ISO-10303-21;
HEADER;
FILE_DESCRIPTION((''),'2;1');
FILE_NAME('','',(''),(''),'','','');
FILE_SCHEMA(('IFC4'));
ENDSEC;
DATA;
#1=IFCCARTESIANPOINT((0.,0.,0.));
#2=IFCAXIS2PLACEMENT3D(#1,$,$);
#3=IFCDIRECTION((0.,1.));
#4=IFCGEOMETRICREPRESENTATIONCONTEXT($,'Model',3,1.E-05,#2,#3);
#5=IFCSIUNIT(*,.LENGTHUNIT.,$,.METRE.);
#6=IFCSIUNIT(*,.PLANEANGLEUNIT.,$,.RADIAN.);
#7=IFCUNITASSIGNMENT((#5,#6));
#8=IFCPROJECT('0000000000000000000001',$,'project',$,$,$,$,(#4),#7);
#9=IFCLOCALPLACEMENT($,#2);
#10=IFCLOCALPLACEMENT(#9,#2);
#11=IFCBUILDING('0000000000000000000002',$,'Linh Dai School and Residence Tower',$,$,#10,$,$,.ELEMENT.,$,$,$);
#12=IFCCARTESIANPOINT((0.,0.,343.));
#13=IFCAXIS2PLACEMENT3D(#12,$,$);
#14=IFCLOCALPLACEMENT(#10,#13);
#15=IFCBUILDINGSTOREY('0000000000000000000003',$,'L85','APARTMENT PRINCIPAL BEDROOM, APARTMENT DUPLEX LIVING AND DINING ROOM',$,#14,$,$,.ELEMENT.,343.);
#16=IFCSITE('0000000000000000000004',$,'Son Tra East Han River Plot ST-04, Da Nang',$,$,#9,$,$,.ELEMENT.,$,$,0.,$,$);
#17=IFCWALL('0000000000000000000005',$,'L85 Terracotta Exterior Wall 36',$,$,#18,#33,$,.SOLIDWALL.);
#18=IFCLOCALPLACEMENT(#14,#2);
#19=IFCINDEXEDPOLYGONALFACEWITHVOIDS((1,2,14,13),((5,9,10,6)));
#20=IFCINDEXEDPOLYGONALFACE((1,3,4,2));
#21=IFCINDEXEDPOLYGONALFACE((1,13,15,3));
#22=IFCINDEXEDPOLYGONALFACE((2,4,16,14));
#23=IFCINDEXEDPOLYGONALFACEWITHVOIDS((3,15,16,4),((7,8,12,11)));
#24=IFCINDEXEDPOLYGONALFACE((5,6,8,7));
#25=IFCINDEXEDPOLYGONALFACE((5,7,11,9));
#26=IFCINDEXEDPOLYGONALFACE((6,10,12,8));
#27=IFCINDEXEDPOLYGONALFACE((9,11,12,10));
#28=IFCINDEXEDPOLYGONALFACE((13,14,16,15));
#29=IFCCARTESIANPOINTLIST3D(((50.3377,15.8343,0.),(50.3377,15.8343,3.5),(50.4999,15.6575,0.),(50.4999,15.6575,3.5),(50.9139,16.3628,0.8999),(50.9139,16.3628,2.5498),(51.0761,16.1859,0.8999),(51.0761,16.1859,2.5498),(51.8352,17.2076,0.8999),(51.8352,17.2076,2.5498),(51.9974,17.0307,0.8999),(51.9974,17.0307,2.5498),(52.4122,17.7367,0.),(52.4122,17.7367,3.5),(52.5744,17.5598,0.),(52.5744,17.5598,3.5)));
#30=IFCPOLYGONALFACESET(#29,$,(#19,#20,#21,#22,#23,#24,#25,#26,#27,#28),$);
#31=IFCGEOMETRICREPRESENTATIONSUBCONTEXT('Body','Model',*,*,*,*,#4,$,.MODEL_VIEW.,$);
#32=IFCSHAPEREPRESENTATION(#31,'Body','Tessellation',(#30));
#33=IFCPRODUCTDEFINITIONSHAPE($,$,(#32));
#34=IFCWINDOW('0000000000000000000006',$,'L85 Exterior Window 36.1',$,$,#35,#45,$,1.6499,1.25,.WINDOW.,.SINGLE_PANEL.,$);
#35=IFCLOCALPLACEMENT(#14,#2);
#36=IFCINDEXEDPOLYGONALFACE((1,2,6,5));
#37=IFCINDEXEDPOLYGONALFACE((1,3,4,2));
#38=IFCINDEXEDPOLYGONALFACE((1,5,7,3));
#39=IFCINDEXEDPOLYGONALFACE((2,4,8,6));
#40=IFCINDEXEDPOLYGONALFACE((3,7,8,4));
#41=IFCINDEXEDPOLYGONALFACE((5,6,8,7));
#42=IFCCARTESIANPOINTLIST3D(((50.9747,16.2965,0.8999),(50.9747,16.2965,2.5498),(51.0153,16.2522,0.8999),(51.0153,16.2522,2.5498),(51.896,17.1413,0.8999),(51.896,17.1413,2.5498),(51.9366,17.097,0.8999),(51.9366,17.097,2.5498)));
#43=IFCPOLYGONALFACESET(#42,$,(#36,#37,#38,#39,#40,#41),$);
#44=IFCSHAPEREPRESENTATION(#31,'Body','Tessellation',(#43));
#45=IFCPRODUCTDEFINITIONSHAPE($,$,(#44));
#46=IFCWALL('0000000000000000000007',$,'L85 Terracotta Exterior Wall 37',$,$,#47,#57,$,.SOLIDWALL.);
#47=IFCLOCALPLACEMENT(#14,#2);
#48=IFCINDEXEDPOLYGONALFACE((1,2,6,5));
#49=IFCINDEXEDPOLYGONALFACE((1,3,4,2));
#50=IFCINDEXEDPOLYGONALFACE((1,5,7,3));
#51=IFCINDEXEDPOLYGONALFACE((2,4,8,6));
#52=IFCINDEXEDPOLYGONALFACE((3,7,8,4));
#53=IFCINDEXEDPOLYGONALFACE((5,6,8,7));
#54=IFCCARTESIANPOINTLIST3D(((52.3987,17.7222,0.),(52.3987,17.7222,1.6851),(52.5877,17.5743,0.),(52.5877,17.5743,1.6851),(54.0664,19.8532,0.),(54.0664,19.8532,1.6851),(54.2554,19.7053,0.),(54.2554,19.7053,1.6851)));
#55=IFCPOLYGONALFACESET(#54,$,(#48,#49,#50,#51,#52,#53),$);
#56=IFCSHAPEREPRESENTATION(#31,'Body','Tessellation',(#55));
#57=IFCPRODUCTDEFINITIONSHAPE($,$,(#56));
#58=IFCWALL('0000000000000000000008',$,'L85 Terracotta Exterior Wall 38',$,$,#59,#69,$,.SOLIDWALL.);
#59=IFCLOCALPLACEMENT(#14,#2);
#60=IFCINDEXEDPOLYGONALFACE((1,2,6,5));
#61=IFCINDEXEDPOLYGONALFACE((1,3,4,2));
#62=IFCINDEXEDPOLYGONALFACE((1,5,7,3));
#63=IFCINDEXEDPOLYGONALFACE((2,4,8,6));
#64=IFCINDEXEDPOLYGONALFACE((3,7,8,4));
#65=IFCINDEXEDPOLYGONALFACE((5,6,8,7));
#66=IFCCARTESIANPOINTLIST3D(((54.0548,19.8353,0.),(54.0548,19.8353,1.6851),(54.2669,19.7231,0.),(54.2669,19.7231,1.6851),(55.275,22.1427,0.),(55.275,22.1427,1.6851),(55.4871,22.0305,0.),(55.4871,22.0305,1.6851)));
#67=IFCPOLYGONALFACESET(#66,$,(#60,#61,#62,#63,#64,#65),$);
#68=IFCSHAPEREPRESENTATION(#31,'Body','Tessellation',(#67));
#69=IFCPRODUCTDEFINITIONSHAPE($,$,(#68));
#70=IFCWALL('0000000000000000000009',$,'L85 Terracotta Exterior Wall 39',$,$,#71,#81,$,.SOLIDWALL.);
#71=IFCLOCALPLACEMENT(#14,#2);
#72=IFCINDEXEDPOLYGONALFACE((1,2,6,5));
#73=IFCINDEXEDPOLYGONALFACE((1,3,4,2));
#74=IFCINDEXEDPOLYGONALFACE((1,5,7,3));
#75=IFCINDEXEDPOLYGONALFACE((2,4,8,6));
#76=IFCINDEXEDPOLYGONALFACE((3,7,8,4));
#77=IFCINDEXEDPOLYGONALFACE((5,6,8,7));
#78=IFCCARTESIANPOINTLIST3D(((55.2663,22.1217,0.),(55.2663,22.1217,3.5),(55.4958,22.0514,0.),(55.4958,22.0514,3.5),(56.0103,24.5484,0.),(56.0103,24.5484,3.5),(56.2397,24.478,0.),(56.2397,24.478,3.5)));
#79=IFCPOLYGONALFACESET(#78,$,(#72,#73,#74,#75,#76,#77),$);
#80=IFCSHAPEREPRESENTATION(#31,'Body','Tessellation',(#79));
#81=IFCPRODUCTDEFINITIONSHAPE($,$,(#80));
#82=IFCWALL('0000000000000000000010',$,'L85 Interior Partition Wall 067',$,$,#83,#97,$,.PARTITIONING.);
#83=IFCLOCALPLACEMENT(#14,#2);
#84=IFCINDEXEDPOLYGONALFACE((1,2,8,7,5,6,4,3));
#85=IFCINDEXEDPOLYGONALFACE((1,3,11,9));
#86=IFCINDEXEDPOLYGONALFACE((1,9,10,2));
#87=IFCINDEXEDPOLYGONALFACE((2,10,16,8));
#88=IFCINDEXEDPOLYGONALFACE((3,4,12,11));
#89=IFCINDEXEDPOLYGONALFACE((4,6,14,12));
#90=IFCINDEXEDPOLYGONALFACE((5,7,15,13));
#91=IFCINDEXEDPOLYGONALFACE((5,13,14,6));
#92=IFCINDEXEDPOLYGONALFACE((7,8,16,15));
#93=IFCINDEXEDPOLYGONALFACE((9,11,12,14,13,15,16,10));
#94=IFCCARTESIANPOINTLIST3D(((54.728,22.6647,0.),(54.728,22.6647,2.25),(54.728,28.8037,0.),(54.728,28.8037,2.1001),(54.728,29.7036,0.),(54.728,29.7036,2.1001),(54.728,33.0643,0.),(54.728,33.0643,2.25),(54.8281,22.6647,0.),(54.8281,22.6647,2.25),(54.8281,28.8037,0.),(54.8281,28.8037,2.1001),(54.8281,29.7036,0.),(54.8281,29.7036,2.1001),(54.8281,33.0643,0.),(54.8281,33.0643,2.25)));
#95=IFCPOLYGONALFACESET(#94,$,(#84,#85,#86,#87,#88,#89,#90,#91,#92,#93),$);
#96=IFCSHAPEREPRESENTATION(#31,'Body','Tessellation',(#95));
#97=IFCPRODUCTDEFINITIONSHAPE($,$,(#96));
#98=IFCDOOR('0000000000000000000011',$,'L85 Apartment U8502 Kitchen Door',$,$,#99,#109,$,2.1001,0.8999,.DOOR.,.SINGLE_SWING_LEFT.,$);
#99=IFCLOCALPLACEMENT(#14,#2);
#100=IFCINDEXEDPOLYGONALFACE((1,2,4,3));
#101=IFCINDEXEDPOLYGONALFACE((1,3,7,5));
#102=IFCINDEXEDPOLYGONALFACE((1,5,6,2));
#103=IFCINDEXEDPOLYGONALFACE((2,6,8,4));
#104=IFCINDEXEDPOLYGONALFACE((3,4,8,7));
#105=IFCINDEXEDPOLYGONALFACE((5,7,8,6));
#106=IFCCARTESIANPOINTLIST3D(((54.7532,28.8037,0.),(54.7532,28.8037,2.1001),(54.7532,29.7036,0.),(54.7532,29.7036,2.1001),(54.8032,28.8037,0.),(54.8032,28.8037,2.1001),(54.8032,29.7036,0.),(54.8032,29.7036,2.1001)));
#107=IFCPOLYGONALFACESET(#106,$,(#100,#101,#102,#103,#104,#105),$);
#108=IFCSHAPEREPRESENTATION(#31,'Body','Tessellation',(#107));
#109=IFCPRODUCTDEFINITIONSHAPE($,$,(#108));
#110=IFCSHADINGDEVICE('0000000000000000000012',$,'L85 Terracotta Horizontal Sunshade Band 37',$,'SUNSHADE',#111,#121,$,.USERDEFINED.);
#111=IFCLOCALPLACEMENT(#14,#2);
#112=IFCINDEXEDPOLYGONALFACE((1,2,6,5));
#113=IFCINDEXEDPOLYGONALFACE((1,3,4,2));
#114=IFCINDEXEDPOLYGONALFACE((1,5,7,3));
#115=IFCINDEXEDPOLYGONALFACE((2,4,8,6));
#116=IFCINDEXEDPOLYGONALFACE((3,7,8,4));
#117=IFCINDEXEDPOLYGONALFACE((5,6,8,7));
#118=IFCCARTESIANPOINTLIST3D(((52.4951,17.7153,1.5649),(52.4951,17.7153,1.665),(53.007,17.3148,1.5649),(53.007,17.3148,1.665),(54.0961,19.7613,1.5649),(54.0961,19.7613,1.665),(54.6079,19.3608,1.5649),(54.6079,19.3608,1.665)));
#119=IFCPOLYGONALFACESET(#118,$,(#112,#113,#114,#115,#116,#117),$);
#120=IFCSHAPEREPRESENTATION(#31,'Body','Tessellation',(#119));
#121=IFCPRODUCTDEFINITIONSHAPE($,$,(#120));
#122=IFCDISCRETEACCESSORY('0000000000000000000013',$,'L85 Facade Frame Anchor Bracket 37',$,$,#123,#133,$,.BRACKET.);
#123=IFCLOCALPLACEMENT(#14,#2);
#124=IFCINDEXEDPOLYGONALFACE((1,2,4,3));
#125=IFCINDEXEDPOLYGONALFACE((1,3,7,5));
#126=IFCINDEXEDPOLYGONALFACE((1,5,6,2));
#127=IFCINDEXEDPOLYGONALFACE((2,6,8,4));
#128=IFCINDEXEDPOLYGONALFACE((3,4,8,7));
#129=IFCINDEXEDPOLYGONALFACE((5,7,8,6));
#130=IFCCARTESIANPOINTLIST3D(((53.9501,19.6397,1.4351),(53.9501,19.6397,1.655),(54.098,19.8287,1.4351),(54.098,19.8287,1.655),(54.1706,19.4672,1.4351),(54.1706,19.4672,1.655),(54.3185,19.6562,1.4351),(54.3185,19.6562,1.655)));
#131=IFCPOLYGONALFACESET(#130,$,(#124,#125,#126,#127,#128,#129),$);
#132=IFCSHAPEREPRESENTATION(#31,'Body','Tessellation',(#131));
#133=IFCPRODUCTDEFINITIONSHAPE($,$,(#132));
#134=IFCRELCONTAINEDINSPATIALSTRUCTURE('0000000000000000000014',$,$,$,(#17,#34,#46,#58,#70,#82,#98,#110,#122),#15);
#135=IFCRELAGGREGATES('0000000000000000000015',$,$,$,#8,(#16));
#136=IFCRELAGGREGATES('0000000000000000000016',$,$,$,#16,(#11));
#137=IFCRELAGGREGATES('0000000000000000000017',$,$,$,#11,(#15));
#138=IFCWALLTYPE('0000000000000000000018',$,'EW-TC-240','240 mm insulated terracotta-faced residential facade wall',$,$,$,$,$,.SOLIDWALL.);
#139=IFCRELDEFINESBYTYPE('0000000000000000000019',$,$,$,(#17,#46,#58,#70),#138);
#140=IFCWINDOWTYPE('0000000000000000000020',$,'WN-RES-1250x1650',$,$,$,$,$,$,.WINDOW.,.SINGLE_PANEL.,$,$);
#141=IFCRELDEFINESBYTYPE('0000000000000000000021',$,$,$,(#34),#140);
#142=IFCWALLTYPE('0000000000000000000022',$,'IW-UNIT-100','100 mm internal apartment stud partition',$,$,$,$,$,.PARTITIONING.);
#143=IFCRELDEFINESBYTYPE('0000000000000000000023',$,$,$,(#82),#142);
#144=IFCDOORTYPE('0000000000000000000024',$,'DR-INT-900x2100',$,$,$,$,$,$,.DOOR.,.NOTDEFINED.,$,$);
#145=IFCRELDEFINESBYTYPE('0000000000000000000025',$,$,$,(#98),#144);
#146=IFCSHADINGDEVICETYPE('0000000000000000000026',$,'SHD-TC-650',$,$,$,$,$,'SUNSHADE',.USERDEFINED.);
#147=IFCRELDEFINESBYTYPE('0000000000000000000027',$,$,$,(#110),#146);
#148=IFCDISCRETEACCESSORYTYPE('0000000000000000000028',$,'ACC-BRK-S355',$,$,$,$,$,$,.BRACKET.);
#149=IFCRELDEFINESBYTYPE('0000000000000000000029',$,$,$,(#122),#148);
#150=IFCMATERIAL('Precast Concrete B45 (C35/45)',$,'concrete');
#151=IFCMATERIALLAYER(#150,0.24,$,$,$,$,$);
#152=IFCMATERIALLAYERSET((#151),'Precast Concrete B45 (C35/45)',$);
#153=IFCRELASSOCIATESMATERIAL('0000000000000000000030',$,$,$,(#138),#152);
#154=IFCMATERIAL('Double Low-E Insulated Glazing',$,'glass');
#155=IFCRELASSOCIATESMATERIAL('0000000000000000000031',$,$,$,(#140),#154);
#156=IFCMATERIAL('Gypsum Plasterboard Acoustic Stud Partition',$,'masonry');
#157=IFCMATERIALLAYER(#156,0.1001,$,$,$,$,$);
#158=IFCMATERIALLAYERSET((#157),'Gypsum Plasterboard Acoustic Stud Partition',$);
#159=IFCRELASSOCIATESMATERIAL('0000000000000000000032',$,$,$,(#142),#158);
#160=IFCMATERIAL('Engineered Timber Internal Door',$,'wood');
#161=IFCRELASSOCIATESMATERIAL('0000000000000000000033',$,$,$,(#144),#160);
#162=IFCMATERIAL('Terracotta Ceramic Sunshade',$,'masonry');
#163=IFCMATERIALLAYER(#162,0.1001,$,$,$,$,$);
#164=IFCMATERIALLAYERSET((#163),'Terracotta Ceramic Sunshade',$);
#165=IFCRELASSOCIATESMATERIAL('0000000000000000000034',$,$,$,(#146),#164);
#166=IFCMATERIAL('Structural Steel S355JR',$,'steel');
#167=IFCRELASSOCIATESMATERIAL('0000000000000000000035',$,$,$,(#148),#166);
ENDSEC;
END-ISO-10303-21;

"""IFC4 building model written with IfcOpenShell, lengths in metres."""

from ifc_helpers import new_model, si_unit, direction, frame, frame_2d, origin, origin_2d, place, context, subcontext, project, spatial, rectangle, extrude, source, transform, mapped, material, layer, layer_set, type_object, element, fill, save


model = new_model("IFC4")

# Units and contexts
model_context = context("Model", 3, precision=1e-05, world=origin(), true_north=direction((0.0, 1.0)))
body_context = subcontext(model_context, "Body", "Model", "MODEL_VIEW")
ifc_project = project(units=[si_unit("LENGTHUNIT", "METRE"), si_unit("PLANEANGLEUNIT", "RADIAN")], contexts=[model_context])

# Site, building, storey
site_placement = place(None, origin())
site = spatial("IfcSite", under=ifc_project, at=site_placement, Name="Son Tra East Han River Plot ST-04, Da Nang", CompositionType="ELEMENT", RefElevation=0.0)
building_placement = place(site_placement, origin())
building = spatial("IfcBuilding", under=site, at=building_placement, Name="Linh Dai School and Residence Tower", CompositionType="ELEMENT")
storey_placement = place(building_placement, frame((0.0, 0.0, 343.0)))
storey = spatial("IfcBuildingStorey", under=building, at=storey_placement, Name="L85", Description="APARTMENT PRINCIPAL BEDROOM, APARTMENT DUPLEX LIVING AND DINING ROOM", CompositionType="ELEMENT", Elevation=343.0)

# Shared definitions
ifc_material_1 = material(Name="Structural Steel S355JR", Category="steel")

# Shared definitions
ifc_material_2 = material(Name="Precast Concrete B45 (C35/45)", Category="concrete")

# Wall, opening, window
ifc_layer_1 = layer(ifc_material_2, 0.24)
ifc_layer_set_1 = layer_set([ifc_layer_1], Name="Precast Concrete B45 (C35/45)")
wall_type_1 = type_object("IfcWallType", Name="EW-TC-240", Description="240 mm insulated terracotta-faced residential facade wall", PredefinedType="SOLIDWALL", material=ifc_layer_set_1)
ifc_material_3 = material(Name="Double Low-E Insulated Glazing", Category="glass")
window_type = type_object("IfcWindowType", Name="WN-RES-1250x1650", PartitioningType="SINGLE_PANEL", PredefinedType="WINDOW", material=ifc_material_3)
shared_shape_1 = source(origin(), body_context, "Body", "SweptSolid", [
    extrude(rectangle(XDim=1.25, YDim=1.6499, at=origin_2d()), frame((0.625, 0.03, 0.825), z_axis=(0.0, -1.0, 0.0), x_axis=(1.0, 0.0, 0.0)), (0.0, 0.0, 1.0), 0.0601),
])
wall_1_placement = place(storey_placement, frame((52.4932, 17.6482, 0.0), z_axis=(0.0, 0.0, 1.0), x_axis=(-0.737021, -0.67587, 0.0)))
wall_1 = element("IfcWall", 1, at=wall_1_placement, inside=storey, type_object=wall_type_1, Name="L85 Terracotta Exterior Wall 36", PredefinedType="SOLIDWALL", context=body_context, shape_type="SweptSolid", body=[
    extrude(rectangle(XDim=2.8147, YDim=0.24, at=frame_2d((1.4072, 0.0))), origin(), (0.0, 0.0, 1.0), 3.5),
])
opening_1_placement = place(wall_1_placement, frame((0.7827, 0.0, 0.8999)))
opening_1 = element("IfcOpeningElement", 2, at=opening_1_placement, cuts=wall_1, PredefinedType="OPENING", context=body_context, shape_type="SweptSolid", body=[
    extrude(rectangle(XDim=1.25, YDim=1.6499, at=origin_2d()), frame((0.625, 0.1299, 0.825), z_axis=(0.0, -1.0, 0.0), x_axis=(1.0, 0.0, 0.0)), (0.0, 0.0, 1.0), 0.26),
])
window_1_placement = place(opening_1_placement, origin())
window_1 = element("IfcWindow", 3, at=window_1_placement, inside=storey, type_object=window_type, Name="L85 Exterior Window 36.1", OverallHeight=1.6499, OverallWidth=1.25, PartitioningType="SINGLE_PANEL", PredefinedType="WINDOW", context=body_context, shape_type="MappedRepresentation", body=[
    mapped(shared_shape_1, transform((0.0, 0.0, 0.0), x_axis=(1.0, 0.0, 0.0), y_axis=(0.0, 1.0, 0.0), z_axis=(0.0, 0.0, 1.0), scale=1.0)),
])
fill(opening_1, window_1)

# Walls
wall_2_placement = place(storey_placement, frame((54.1609, 19.7793, 0.0), z_axis=(0.0, 0.0, 1.0), x_axis=(-0.616286, -0.787522, 0.0)))
element("IfcWall", 4, at=wall_2_placement, inside=storey, type_object=wall_type_1, Name="L85 Terracotta Exterior Wall 37", PredefinedType="SOLIDWALL", context=body_context, shape_type="SweptSolid", body=[
    extrude(rectangle(XDim=2.7061, YDim=0.24, at=frame_2d((1.353, 0.0))), origin(), (0.0, 0.0, 1.0), 1.6851),
])
wall_3_placement = place(storey_placement, frame((55.3811, 22.0867, 0.0), z_axis=(0.0, 0.0, 1.0), x_axis=(-0.467488, -0.883999, 0.0)))
element("IfcWall", 5, at=wall_3_placement, inside=storey, type_object=wall_type_1, Name="L85 Terracotta Exterior Wall 38", PredefinedType="SOLIDWALL", context=body_context, shape_type="SweptSolid", body=[
    extrude(rectangle(XDim=2.6101, YDim=0.24, at=frame_2d((1.3052, 0.0))), origin(), (0.0, 0.0, 1.0), 1.6851),
])
wall_4_placement = place(storey_placement, frame((56.125, 24.5132, 0.0), z_axis=(0.0, 0.0, 1.0), x_axis=(-0.293106, -0.95608, 0.0)))
element("IfcWall", 6, at=wall_4_placement, inside=storey, type_object=wall_type_1, Name="L85 Terracotta Exterior Wall 39", PredefinedType="SOLIDWALL", context=body_context, shape_type="SweptSolid", body=[
    extrude(rectangle(XDim=2.5381, YDim=0.24, at=frame_2d((1.269, 0.0))), origin(), (0.0, 0.0, 1.0), 3.5),
])

# Wall, opening, door
ifc_material_4 = material(Name="Gypsum Plasterboard Acoustic Stud Partition", Category="masonry")
ifc_layer_2 = layer(ifc_material_4, 0.1001)
ifc_layer_set_2 = layer_set([ifc_layer_2], Name="Gypsum Plasterboard Acoustic Stud Partition")
wall_type_2 = type_object("IfcWallType", Name="IW-UNIT-100", Description="100 mm internal apartment stud partition", PredefinedType="PARTITIONING", material=ifc_layer_set_2)
wall_5_placement = place(storey_placement, frame((54.7781, 22.6648, 0.0), z_axis=(0.0, 0.0, 1.0), x_axis=(0.0, 1.0, 0.0)))
wall_5 = element("IfcWall", 7, at=wall_5_placement, inside=storey, type_object=wall_type_2, Name="L85 Interior Partition Wall 067", PredefinedType="PARTITIONING", context=body_context, shape_type="SweptSolid", body=[
    extrude(rectangle(XDim=10.3997, YDim=0.1001, at=frame_2d((5.1997, 0.0))), origin(), (0.0, 0.0, 1.0), 2.25),
])
opening_2_placement = place(wall_5_placement, frame((6.1389, 0.0, 0.0)))
opening_2 = element("IfcOpeningElement", 8, at=opening_2_placement, cuts=wall_5, PredefinedType="OPENING", context=body_context, shape_type="SweptSolid", body=[
    extrude(rectangle(XDim=0.8999, YDim=2.1001, at=origin_2d()), frame((0.45, 0.0601, 1.05), z_axis=(0.0, -1.0, 0.0), x_axis=(1.0, 0.0, 0.0)), (0.0, 0.0, 1.0), 0.1201),
])
ifc_material_5 = material(Name="Engineered Timber Internal Door", Category="wood")
door_type = type_object("IfcDoorType", Name="DR-INT-900x2100", OperationType="NOTDEFINED", PredefinedType="DOOR", material=ifc_material_5)
shared_shape_2 = source(origin(), body_context, "Body", "SweptSolid", [
    extrude(rectangle(XDim=0.8999, YDim=2.1001, at=origin_2d()), frame((0.45, 0.0249, 1.05), z_axis=(0.0, -1.0, 0.0), x_axis=(1.0, 0.0, 0.0)), (0.0, 0.0, 1.0), 0.05),
])
door_placement = place(opening_2_placement, origin())
door = element("IfcDoor", 9, at=door_placement, inside=storey, type_object=door_type, Name="L85 Apartment U8502 Kitchen Door", OperationType="SINGLE_SWING_LEFT", OverallHeight=2.1001, OverallWidth=0.8999, PredefinedType="DOOR", context=body_context, shape_type="MappedRepresentation", body=[
    mapped(shared_shape_2, transform((0.0, 0.0, 0.0), x_axis=(1.0, 0.0, 0.0), y_axis=(0.0, 1.0, 0.0), z_axis=(0.0, 0.0, 1.0), scale=1.0)),
])
fill(opening_2, door)

# Shading device
ifc_material_6 = material(Name="Terracotta Ceramic Sunshade", Category="masonry")
ifc_layer_3 = layer(ifc_material_6, 0.1001)
ifc_layer_set_3 = layer_set([ifc_layer_3], Name="Terracotta Ceramic Sunshade")
shading_device_type = type_object("IfcShadingDeviceType", Name="SHD-TC-650", ElementType="SUNSHADE", PredefinedType="USERDEFINED", material=ifc_layer_set_3)
shared_shape_3 = source(origin(), body_context, "Body", "SweptSolid", [
    extrude(rectangle(XDim=2.5979, YDim=0.6499, at=origin_2d()), origin(), (0.0, 0.0, 1.0), 0.1001),
])
shading_device_placement = place(storey_placement, frame((53.5515, 18.5381, 1.5649), z_axis=(0.0, 0.0, 1.0), x_axis=(-0.616247, -0.787553, 0.0)))
element("IfcShadingDevice", 10, at=shading_device_placement, inside=storey, type_object=shading_device_type, Name="L85 Terracotta Horizontal Sunshade Band 37", ObjectType="SUNSHADE", PredefinedType="USERDEFINED", context=body_context, shape_type="MappedRepresentation", body=[
    mapped(shared_shape_3, transform((0.0, 0.0, 0.0), x_axis=(1.0, 0.0, 0.0), y_axis=(0.0, 1.0, 0.0), z_axis=(0.0, 0.0, 1.0), scale=1.0)),
])

# Discrete accessory
discrete_accessory_type = type_object("IfcDiscreteAccessoryType", Name="ACC-BRK-S355", PredefinedType="BRACKET", material=ifc_material_1)
shared_shape_4 = source(origin(), body_context, "Body", "SweptSolid", [
    extrude(rectangle(XDim=0.28, YDim=0.24, at=origin_2d()), origin(), (0.0, 0.0, 1.0), 0.22),
])
discrete_accessory_placement = place(storey_placement, frame((54.1343, 19.6479, 1.4351), z_axis=(0.0, 0.0, 1.0), x_axis=(0.787553, -0.616247, 0.0)))
element("IfcDiscreteAccessory", 11, at=discrete_accessory_placement, inside=storey, type_object=discrete_accessory_type, Name="L85 Facade Frame Anchor Bracket 37", PredefinedType="BRACKET", context=body_context, shape_type="MappedRepresentation", body=[
    mapped(shared_shape_4, transform((0.0, 0.0, 0.0), x_axis=(1.0, 0.0, 0.0), y_axis=(0.0, 1.0, 0.0), z_axis=(0.0, 0.0, 1.0), scale=1.0)),
])

save(model, "model.ifc")
